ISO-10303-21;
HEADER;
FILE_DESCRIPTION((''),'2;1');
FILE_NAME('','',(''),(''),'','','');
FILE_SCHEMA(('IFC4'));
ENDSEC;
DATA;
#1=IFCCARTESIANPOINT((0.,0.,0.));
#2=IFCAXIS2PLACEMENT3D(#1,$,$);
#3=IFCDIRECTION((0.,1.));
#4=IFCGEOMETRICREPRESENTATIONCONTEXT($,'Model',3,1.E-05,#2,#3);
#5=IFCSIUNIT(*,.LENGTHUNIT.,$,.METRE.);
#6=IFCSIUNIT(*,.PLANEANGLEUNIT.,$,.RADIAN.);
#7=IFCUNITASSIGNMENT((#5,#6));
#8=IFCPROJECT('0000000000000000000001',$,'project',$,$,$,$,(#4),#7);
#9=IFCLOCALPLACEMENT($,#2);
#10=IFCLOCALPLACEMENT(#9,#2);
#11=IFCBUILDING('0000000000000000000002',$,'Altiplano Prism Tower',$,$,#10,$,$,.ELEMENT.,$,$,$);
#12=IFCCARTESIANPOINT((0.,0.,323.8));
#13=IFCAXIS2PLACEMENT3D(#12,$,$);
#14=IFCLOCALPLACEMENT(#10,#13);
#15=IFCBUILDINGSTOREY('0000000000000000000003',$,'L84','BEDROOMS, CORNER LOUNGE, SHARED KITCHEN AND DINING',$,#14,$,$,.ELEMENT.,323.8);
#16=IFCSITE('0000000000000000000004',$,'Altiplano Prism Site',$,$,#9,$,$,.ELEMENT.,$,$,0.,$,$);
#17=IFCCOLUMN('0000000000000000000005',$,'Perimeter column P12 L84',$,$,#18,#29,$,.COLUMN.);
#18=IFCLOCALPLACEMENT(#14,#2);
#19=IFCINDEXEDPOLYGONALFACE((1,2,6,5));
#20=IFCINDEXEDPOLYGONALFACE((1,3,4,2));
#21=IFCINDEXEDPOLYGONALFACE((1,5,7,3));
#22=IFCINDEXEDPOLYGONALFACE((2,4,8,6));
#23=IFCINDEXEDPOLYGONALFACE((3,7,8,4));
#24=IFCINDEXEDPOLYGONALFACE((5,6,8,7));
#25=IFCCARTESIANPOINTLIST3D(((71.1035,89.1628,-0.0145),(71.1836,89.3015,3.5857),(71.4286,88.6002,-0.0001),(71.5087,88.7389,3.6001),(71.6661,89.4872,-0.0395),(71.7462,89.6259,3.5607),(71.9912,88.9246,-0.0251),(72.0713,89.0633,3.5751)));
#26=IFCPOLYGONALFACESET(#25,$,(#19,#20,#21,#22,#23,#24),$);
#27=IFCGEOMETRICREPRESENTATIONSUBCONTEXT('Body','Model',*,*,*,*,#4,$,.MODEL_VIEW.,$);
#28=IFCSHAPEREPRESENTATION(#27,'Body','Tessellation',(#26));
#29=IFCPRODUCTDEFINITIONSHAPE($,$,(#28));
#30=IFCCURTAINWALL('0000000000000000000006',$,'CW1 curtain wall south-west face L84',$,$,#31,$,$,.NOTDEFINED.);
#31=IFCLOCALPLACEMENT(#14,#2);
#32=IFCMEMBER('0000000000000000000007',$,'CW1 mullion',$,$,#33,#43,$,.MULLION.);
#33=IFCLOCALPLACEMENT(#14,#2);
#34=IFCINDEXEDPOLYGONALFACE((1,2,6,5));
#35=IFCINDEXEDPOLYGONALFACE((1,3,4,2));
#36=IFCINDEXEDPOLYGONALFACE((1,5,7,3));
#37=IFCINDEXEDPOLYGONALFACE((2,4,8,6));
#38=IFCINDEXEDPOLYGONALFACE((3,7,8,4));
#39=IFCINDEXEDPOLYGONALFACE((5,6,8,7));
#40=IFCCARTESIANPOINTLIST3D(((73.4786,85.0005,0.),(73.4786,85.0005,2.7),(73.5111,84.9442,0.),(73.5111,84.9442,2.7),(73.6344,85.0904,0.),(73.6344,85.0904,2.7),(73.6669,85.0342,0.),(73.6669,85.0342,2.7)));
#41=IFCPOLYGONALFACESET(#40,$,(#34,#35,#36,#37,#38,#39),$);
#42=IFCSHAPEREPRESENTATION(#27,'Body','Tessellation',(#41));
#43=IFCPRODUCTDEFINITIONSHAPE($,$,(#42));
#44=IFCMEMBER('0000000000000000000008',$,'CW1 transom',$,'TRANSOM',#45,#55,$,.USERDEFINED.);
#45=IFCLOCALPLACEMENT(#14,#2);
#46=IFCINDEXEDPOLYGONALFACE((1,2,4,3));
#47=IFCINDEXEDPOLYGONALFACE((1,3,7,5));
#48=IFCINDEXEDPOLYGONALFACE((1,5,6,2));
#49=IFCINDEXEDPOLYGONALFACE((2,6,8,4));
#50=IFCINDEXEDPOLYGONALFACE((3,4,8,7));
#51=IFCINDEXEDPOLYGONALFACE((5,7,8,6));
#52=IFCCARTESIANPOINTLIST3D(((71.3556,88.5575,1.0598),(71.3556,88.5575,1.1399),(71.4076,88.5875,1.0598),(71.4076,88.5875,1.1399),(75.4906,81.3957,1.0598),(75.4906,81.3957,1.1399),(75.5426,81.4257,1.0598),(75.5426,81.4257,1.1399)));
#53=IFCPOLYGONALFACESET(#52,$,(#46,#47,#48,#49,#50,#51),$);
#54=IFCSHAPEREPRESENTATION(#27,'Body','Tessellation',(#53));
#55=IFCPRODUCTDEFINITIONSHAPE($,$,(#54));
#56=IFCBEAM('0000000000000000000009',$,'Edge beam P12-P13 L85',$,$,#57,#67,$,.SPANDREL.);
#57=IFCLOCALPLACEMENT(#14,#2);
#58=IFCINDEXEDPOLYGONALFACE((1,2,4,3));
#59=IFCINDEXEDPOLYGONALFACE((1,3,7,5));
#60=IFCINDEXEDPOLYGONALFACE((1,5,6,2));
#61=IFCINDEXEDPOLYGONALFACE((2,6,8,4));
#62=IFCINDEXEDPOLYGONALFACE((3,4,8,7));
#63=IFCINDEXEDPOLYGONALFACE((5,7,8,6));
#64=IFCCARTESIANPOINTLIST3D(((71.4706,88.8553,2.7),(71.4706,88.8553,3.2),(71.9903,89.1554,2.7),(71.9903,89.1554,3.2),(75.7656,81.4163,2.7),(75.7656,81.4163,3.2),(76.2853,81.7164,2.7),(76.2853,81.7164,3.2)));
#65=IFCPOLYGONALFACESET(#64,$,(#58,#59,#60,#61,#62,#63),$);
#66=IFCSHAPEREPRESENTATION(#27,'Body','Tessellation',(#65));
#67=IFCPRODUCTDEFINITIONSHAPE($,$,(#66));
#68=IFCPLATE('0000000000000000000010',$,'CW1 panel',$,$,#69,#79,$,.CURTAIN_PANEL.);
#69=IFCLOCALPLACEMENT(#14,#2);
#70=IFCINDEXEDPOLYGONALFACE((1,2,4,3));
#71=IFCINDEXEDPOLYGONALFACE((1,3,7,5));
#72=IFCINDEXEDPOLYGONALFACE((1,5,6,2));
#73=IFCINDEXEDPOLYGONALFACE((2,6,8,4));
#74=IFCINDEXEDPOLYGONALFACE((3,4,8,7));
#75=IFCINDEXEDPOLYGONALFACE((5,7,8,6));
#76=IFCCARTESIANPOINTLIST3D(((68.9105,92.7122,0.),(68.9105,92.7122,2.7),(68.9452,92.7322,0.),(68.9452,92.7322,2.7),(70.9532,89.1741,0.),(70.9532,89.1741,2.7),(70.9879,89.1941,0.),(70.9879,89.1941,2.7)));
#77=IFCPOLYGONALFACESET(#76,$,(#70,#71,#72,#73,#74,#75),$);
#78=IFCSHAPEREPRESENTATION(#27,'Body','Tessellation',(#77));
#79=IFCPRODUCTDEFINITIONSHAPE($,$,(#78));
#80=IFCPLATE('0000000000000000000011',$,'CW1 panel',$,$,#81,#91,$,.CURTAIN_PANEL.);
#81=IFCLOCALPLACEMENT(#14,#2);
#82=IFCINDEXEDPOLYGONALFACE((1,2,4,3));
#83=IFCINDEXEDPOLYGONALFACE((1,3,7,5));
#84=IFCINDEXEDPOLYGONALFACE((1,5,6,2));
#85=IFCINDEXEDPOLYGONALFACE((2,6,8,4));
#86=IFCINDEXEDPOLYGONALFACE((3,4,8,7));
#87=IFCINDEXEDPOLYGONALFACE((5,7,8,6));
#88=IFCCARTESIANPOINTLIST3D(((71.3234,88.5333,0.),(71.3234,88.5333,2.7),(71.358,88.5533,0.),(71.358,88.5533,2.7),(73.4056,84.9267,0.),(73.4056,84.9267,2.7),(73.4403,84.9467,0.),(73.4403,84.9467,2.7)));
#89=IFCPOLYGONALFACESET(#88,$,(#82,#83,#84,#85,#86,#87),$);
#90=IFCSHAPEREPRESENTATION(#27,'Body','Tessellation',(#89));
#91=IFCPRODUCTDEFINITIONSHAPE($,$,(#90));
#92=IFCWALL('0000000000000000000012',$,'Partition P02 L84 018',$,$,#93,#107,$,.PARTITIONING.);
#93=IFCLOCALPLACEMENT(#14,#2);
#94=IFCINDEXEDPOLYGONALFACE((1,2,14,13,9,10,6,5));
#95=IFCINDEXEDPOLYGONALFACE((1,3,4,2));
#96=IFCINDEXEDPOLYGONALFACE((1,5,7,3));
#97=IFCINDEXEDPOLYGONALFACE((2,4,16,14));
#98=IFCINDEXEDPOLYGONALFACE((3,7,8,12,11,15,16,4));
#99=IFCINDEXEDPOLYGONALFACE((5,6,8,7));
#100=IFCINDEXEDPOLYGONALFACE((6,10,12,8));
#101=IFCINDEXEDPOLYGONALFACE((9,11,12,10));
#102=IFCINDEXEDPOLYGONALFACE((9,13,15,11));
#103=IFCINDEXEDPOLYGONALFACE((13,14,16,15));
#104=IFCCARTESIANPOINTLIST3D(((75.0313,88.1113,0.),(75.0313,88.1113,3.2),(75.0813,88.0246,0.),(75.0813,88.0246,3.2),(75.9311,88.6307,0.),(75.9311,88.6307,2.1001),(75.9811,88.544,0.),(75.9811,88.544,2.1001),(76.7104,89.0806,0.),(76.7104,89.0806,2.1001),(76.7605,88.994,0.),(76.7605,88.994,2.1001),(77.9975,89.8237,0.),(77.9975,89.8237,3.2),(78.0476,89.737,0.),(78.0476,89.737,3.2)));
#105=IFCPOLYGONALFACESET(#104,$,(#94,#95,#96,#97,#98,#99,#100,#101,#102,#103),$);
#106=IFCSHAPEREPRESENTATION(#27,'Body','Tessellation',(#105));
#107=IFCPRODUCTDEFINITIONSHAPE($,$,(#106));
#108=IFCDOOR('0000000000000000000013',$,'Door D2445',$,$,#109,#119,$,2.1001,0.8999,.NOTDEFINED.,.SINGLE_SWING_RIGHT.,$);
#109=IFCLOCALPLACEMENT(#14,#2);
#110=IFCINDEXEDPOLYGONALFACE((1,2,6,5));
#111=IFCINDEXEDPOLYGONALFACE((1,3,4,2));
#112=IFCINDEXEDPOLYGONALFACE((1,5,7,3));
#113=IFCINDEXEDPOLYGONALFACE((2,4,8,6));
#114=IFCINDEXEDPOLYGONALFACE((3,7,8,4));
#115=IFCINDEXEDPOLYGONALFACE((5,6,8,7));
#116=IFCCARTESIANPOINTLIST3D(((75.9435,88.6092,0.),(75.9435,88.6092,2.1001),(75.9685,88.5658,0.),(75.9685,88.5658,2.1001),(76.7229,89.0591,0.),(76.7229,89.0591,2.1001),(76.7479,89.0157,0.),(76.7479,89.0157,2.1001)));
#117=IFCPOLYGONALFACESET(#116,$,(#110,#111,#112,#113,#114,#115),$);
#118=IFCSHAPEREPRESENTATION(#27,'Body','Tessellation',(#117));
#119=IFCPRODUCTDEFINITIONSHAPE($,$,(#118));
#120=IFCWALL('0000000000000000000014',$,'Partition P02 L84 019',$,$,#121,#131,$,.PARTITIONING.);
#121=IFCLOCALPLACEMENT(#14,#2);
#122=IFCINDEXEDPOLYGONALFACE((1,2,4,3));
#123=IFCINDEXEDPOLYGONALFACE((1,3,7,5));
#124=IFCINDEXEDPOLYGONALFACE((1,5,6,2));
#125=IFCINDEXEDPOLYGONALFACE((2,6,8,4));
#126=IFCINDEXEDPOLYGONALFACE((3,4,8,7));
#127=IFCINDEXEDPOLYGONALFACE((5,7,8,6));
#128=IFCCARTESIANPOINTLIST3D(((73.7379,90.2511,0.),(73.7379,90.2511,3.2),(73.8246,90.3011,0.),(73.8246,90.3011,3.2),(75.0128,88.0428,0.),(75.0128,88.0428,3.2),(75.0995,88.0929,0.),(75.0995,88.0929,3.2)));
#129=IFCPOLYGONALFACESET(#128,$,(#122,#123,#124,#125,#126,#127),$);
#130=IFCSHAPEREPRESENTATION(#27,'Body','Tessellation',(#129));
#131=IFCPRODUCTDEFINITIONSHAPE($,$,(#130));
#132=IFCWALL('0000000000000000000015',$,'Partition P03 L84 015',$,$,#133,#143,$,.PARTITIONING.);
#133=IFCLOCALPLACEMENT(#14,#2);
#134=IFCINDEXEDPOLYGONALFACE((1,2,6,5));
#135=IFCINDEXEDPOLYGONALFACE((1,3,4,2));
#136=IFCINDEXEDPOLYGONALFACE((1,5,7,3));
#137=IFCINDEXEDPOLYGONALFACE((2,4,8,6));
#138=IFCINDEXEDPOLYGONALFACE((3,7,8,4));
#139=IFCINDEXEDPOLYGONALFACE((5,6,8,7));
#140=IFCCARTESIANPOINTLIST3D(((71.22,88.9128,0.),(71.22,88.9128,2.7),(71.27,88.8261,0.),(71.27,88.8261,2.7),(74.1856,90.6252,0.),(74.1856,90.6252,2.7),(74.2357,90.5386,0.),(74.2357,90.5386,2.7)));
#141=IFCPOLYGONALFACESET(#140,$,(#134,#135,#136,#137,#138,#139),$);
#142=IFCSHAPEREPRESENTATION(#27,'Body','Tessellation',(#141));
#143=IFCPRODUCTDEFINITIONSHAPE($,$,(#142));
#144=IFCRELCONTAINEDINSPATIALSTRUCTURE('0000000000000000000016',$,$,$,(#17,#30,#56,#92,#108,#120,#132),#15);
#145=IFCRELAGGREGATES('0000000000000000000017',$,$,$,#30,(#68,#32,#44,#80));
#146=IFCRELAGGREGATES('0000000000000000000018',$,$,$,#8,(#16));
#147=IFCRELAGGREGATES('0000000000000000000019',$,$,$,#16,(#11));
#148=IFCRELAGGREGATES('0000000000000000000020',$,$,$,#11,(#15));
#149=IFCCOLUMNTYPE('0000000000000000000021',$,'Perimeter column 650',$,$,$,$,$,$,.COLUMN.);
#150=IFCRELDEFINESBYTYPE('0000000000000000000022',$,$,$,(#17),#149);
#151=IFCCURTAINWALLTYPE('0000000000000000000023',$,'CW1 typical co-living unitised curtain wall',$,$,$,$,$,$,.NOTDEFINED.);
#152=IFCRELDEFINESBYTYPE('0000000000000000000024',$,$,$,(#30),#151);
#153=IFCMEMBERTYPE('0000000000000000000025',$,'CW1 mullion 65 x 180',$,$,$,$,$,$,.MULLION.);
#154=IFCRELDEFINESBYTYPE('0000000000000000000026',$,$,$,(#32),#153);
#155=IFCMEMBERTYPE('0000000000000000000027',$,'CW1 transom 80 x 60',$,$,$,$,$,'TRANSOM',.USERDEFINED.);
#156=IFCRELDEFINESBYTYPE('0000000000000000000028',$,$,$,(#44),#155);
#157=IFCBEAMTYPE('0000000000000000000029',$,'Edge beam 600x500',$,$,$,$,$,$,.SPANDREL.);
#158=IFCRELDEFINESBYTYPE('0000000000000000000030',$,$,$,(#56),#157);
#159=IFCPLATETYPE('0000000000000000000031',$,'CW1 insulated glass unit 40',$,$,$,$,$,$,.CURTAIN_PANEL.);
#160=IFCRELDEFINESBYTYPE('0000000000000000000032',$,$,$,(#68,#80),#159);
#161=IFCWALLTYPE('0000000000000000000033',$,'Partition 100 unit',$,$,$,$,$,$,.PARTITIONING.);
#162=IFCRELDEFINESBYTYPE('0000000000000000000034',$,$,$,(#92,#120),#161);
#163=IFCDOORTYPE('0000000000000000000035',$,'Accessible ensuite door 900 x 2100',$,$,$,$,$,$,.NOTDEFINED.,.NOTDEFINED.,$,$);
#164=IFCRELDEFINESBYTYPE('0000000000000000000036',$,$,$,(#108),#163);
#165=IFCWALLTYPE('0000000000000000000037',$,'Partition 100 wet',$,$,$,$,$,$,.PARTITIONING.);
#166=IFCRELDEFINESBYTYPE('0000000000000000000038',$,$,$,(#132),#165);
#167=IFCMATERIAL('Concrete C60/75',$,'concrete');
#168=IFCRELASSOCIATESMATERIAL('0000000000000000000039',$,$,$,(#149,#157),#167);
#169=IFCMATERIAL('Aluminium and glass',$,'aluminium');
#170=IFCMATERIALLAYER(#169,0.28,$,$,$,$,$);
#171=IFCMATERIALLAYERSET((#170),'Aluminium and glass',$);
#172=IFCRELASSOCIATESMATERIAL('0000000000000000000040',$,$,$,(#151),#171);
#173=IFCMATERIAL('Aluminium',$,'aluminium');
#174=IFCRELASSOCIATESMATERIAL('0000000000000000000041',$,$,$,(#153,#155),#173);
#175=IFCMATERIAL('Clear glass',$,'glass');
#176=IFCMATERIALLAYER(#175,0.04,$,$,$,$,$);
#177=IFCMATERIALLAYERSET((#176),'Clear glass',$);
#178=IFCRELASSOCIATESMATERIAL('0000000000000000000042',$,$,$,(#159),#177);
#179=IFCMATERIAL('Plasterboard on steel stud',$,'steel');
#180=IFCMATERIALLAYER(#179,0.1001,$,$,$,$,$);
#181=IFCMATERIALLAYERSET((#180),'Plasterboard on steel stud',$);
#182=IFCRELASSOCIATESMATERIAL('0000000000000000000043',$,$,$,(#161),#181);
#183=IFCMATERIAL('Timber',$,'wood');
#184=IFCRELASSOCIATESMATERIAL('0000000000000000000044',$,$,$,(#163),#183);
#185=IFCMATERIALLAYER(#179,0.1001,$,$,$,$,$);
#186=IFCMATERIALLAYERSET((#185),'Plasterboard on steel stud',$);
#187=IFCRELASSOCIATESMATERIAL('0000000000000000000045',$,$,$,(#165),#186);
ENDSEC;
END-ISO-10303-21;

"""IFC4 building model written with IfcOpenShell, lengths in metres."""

from ifc_helpers import new_model, si_unit, direction, frame, frame_2d, origin, origin_2d, place, context, subcontext, project, spatial, rectangle, extrude, material, layer, layer_set, material_profile, profile_set, type_object, element, fill, aggregate, save


model = new_model("IFC4")

# Units and contexts
model_context = context("Model", 3, precision=1e-05, world=origin(), true_north=direction((0.0, 1.0)))
body_context = subcontext(model_context, "Body", "Model", "MODEL_VIEW")
ifc_project = project(units=[si_unit("LENGTHUNIT", "METRE"), si_unit("PLANEANGLEUNIT", "RADIAN")], contexts=[model_context])

# Site, building, storey
site_placement = place(None, origin())
site = spatial("IfcSite", under=ifc_project, at=site_placement, Name="Altiplano Prism Site", CompositionType="ELEMENT", RefElevation=0.0)
building_placement = place(site_placement, origin())
building = spatial("IfcBuilding", under=site, at=building_placement, Name="Altiplano Prism Tower", CompositionType="ELEMENT")
storey_placement = place(building_placement, frame((0.0, 0.0, 323.8)))
storey = spatial("IfcBuildingStorey", under=building, at=storey_placement, Name="L84", Description="BEDROOMS, CORNER LOUNGE, SHARED KITCHEN AND DINING", CompositionType="ELEMENT", Elevation=323.8)

# Column
ifc_material_1 = material(Name="Concrete C60/75", Category="concrete")
ifc_material_profile_1 = material_profile(ifc_material_1, rectangle(XDim=0.6499, YDim=0.6499, at=origin_2d()), Name="Perimeter column 650")
ifc_profile_set_1 = profile_set([ifc_material_profile_1], Name="Concrete C60/75")
column_type = type_object("IfcColumnType", Name="Perimeter column 650", PredefinedType="COLUMN", material=ifc_profile_set_1)
column_placement = place(storey_placement, frame((71.5474, 89.0437, -0.0198), z_axis=(0.022221, 0.038481, 0.999012), x_axis=(-0.865639, -0.499187, 0.038483)))
element("IfcColumn", 1, at=column_placement, inside=storey, type_object=column_type, Name="Perimeter column P12 L84", PredefinedType="COLUMN", context=body_context, shape_type="SweptSolid", body=[
    extrude(rectangle(XDim=0.6499, YDim=0.6499, at=origin_2d()), origin(), (0.0, 0.0, 1.0), 3.6038),
])

# Curtain wall, members
ifc_material_2 = material(Name="Aluminium and glass", Category="aluminium")
ifc_layer_1 = layer(ifc_material_2, 0.28)
ifc_layer_set_1 = layer_set([ifc_layer_1], Name="Aluminium and glass")
curtain_wall_type = type_object("IfcCurtainWallType", Name="CW1 typical co-living unitised curtain wall", PredefinedType="NOTDEFINED", material=ifc_layer_set_1)
curtain_wall_placement = place(storey_placement, origin())
curtain_wall = element("IfcCurtainWall", 2, at=curtain_wall_placement, inside=storey, type_object=curtain_wall_type, Name="CW1 curtain wall south-west face L84", PredefinedType="NOTDEFINED")
ifc_material_3 = material(Name="Aluminium", Category="aluminium")
ifc_material_profile_2 = material_profile(ifc_material_3, rectangle(XDim=0.1799, YDim=0.0649, at=origin_2d()), Name="CW1 mullion 65 x 180")
ifc_profile_set_2 = profile_set([ifc_material_profile_2], Name="Aluminium")
member_type_1 = type_object("IfcMemberType", Name="CW1 mullion 65 x 180", PredefinedType="MULLION", material=ifc_profile_set_2)
member_1_placement = place(storey_placement, frame((73.5728, 85.0173, 0.0), z_axis=(0.0, 0.0, 1.0), x_axis=(0.866025, 0.5, 0.0)))
member_1 = element("IfcMember", 3, at=member_1_placement, type_object=member_type_1, Name="CW1 mullion", PredefinedType="MULLION", context=body_context, shape_type="SweptSolid", body=[
    extrude(rectangle(XDim=0.1799, YDim=0.0649, at=origin_2d()), origin(), (0.0, 0.0, 1.0), 2.7),
])
ifc_material_profile_3 = material_profile(ifc_material_3, rectangle(XDim=0.0601, YDim=0.0801, at=origin_2d()), Name="CW1 transom 80 x 60")
ifc_profile_set_3 = profile_set([ifc_material_profile_3], Name="Aluminium")
member_type_2 = type_object("IfcMemberType", Name="CW1 transom 80 x 60", ElementType="TRANSOM", PredefinedType="USERDEFINED", material=ifc_profile_set_3)
member_2_placement = place(storey_placement, frame((71.3816, 88.5725, 1.0999), z_axis=(0.50001, -0.86602, 0.0), x_axis=(0.86602, 0.50001, 0.0)))
member_2 = element("IfcMember", 4, at=member_2_placement, type_object=member_type_2, Name="CW1 transom", ObjectType="TRANSOM", PredefinedType="USERDEFINED", context=body_context, shape_type="SweptSolid", body=[
    extrude(rectangle(XDim=0.0601, YDim=0.0801, at=origin_2d()), origin(), (0.0, 0.0, 1.0), 8.2698),
])

# Beam
ifc_material_profile_4 = material_profile(ifc_material_1, rectangle(XDim=0.6001, YDim=0.5, at=origin_2d()), Name="Edge beam 600x500")
ifc_profile_set_4 = profile_set([ifc_material_profile_4], Name="Concrete C60/75")
beam_type = type_object("IfcBeamType", Name="Edge beam 600x500", PredefinedType="SPANDREL", material=ifc_profile_set_4)
beam_placement = place(storey_placement, frame((71.7305, 89.0054, 2.95), z_axis=(0.500003, -0.866024, 0.0), x_axis=(0.866024, 0.500003, 0.0)))
element("IfcBeam", 5, at=beam_placement, inside=storey, type_object=beam_type, Name="Edge beam P12-P13 L85", PredefinedType="SPANDREL", context=body_context, shape_type="SweptSolid", body=[
    extrude(rectangle(XDim=0.6001, YDim=0.5, at=origin_2d()), origin(), (0.0, 0.0, 1.0), 8.5898),
])

# Plates
ifc_material_4 = material(Name="Clear glass", Category="glass")
ifc_layer_2 = layer(ifc_material_4, 0.04)
ifc_layer_set_2 = layer_set([ifc_layer_2], Name="Clear glass")
plate_type = type_object("IfcPlateType", Name="CW1 insulated glass unit 40", PredefinedType="CURTAIN_PANEL", material=ifc_layer_set_2)
plate_1_placement = place(storey_placement, frame((69.9492, 90.9531, 0.0), z_axis=(0.0, 0.0, 1.0), x_axis=(0.5, -0.866025, 0.0)))
plate_1 = element("IfcPlate", 6, at=plate_1_placement, type_object=plate_type, Name="CW1 panel", PredefinedType="CURTAIN_PANEL", context=body_context, shape_type="SweptSolid", body=[
    extrude(rectangle(XDim=4.0854, YDim=0.04, at=origin_2d()), origin(), (0.0, 0.0, 1.0), 2.7),
])
plate_2_placement = place(storey_placement, frame((72.3818, 86.74, 0.0), z_axis=(0.0, 0.0, 1.0), x_axis=(0.5, -0.866025, 0.0)))
plate_2 = element("IfcPlate", 7, at=plate_2_placement, type_object=plate_type, Name="CW1 panel", PredefinedType="CURTAIN_PANEL", context=body_context, shape_type="SweptSolid", body=[
    extrude(rectangle(XDim=4.1646, YDim=0.04, at=origin_2d()), origin(), (0.0, 0.0, 1.0), 2.7),
])
aggregate(curtain_wall, [plate_1, member_1, member_2, plate_2])

# Wall, opening, door
ifc_material_5 = material(Name="Plasterboard on steel stud", Category="steel")
ifc_layer_3 = layer(ifc_material_5, 0.1001)
ifc_layer_set_3 = layer_set([ifc_layer_3], Name="Plasterboard on steel stud")
wall_type_1 = type_object("IfcWallType", Name="Partition 100 unit", PredefinedType="PARTITIONING", material=ifc_layer_set_3)
wall_1_placement = place(storey_placement, frame((78.0225, 89.7803, 0.0), z_axis=(0.0, 0.0, 1.0), x_axis=(-0.86605, -0.499957, 0.0)))
wall_1 = element("IfcWall", 8, at=wall_1_placement, inside=storey, type_object=wall_type_1, Name="Partition P02 L84 018", PredefinedType="PARTITIONING", context=body_context, shape_type="SweptSolid", body=[
    extrude(rectangle(XDim=3.425, YDim=0.1001, at=frame_2d((1.7124, 0.0))), origin(), (0.0, 0.0, 1.0), 3.2),
])
opening_1_placement = place(wall_1_placement, frame((1.4861, 0.0, 0.0)))
opening_1 = element("IfcOpeningElement", 9, at=opening_1_placement, cuts=wall_1, PredefinedType="OPENING", context=body_context, shape_type="SweptSolid", body=[
    extrude(rectangle(XDim=0.8999, YDim=2.1001, at=frame_2d((0.45, 1.05))), frame((0.0, 0.0605, 0.0), z_axis=(0.0, -1.0, 0.0), x_axis=(1.0, 0.0, 0.0)), (0.0, 0.0, 1.0), 0.1211),
])
ifc_material_6 = material(Name="Timber", Category="wood")
door_type_1 = type_object("IfcDoorType", Name="Accessible ensuite door 900 x 2100", OperationType="NOTDEFINED", PredefinedType="NOTDEFINED", material=ifc_material_6)
door_1_placement = place(opening_1_placement, origin())
door_1 = element("IfcDoor", 10, at=door_1_placement, inside=storey, type_object=door_type_1, Name="Door D2445", OperationType="SINGLE_SWING_RIGHT", OverallHeight=2.1001, OverallWidth=0.8999, PredefinedType="NOTDEFINED", context=body_context, shape_type="SweptSolid", body=[
    extrude(rectangle(XDim=0.8999, YDim=2.1001, at=frame_2d((0.45, 1.05))), frame((0.0, 0.0249, 0.0), z_axis=(0.0, -1.0, 0.0), x_axis=(1.0, 0.0, 0.0)), (0.0, 0.0, 1.0), 0.05),
])
fill(opening_1, door_1)

# Walls
wall_2_placement = place(storey_placement, frame((75.0562, 88.0679, 0.0), z_axis=(0.0, 0.0, 1.0), x_axis=(-0.49999, 0.866031, 0.0)))
element("IfcWall", 11, at=wall_2_placement, inside=storey, type_object=wall_type_1, Name="Partition P02 L84 019", PredefinedType="PARTITIONING", context=body_context, shape_type="SweptSolid", body=[
    extrude(rectangle(XDim=2.5498, YDim=0.1001, at=frame_2d((1.2749, 0.0))), origin(), (0.0, 0.0, 1.0), 3.2),
])
ifc_layer_4 = layer(ifc_material_5, 0.1001)
ifc_layer_set_4 = layer_set([ifc_layer_4], Name="Plasterboard on steel stud")
wall_type_2 = type_object("IfcWallType", Name="Partition 100 wet", PredefinedType="PARTITIONING", material=ifc_layer_set_4)
wall_3_placement = place(storey_placement, frame((71.2449, 88.8694, 0.0), z_axis=(0.0, 0.0, 1.0), x_axis=(0.865997, 0.50005, 0.0)))
element("IfcWall", 12, at=wall_3_placement, inside=storey, type_object=wall_type_2, Name="Partition P03 L84 015", PredefinedType="PARTITIONING", context=body_context, shape_type="SweptSolid", body=[
    extrude(rectangle(XDim=3.4246, YDim=0.1001, at=frame_2d((1.7124, 0.0))), origin(), (0.0, 0.0, 1.0), 2.7),
])

save(model, "model.ifc")
